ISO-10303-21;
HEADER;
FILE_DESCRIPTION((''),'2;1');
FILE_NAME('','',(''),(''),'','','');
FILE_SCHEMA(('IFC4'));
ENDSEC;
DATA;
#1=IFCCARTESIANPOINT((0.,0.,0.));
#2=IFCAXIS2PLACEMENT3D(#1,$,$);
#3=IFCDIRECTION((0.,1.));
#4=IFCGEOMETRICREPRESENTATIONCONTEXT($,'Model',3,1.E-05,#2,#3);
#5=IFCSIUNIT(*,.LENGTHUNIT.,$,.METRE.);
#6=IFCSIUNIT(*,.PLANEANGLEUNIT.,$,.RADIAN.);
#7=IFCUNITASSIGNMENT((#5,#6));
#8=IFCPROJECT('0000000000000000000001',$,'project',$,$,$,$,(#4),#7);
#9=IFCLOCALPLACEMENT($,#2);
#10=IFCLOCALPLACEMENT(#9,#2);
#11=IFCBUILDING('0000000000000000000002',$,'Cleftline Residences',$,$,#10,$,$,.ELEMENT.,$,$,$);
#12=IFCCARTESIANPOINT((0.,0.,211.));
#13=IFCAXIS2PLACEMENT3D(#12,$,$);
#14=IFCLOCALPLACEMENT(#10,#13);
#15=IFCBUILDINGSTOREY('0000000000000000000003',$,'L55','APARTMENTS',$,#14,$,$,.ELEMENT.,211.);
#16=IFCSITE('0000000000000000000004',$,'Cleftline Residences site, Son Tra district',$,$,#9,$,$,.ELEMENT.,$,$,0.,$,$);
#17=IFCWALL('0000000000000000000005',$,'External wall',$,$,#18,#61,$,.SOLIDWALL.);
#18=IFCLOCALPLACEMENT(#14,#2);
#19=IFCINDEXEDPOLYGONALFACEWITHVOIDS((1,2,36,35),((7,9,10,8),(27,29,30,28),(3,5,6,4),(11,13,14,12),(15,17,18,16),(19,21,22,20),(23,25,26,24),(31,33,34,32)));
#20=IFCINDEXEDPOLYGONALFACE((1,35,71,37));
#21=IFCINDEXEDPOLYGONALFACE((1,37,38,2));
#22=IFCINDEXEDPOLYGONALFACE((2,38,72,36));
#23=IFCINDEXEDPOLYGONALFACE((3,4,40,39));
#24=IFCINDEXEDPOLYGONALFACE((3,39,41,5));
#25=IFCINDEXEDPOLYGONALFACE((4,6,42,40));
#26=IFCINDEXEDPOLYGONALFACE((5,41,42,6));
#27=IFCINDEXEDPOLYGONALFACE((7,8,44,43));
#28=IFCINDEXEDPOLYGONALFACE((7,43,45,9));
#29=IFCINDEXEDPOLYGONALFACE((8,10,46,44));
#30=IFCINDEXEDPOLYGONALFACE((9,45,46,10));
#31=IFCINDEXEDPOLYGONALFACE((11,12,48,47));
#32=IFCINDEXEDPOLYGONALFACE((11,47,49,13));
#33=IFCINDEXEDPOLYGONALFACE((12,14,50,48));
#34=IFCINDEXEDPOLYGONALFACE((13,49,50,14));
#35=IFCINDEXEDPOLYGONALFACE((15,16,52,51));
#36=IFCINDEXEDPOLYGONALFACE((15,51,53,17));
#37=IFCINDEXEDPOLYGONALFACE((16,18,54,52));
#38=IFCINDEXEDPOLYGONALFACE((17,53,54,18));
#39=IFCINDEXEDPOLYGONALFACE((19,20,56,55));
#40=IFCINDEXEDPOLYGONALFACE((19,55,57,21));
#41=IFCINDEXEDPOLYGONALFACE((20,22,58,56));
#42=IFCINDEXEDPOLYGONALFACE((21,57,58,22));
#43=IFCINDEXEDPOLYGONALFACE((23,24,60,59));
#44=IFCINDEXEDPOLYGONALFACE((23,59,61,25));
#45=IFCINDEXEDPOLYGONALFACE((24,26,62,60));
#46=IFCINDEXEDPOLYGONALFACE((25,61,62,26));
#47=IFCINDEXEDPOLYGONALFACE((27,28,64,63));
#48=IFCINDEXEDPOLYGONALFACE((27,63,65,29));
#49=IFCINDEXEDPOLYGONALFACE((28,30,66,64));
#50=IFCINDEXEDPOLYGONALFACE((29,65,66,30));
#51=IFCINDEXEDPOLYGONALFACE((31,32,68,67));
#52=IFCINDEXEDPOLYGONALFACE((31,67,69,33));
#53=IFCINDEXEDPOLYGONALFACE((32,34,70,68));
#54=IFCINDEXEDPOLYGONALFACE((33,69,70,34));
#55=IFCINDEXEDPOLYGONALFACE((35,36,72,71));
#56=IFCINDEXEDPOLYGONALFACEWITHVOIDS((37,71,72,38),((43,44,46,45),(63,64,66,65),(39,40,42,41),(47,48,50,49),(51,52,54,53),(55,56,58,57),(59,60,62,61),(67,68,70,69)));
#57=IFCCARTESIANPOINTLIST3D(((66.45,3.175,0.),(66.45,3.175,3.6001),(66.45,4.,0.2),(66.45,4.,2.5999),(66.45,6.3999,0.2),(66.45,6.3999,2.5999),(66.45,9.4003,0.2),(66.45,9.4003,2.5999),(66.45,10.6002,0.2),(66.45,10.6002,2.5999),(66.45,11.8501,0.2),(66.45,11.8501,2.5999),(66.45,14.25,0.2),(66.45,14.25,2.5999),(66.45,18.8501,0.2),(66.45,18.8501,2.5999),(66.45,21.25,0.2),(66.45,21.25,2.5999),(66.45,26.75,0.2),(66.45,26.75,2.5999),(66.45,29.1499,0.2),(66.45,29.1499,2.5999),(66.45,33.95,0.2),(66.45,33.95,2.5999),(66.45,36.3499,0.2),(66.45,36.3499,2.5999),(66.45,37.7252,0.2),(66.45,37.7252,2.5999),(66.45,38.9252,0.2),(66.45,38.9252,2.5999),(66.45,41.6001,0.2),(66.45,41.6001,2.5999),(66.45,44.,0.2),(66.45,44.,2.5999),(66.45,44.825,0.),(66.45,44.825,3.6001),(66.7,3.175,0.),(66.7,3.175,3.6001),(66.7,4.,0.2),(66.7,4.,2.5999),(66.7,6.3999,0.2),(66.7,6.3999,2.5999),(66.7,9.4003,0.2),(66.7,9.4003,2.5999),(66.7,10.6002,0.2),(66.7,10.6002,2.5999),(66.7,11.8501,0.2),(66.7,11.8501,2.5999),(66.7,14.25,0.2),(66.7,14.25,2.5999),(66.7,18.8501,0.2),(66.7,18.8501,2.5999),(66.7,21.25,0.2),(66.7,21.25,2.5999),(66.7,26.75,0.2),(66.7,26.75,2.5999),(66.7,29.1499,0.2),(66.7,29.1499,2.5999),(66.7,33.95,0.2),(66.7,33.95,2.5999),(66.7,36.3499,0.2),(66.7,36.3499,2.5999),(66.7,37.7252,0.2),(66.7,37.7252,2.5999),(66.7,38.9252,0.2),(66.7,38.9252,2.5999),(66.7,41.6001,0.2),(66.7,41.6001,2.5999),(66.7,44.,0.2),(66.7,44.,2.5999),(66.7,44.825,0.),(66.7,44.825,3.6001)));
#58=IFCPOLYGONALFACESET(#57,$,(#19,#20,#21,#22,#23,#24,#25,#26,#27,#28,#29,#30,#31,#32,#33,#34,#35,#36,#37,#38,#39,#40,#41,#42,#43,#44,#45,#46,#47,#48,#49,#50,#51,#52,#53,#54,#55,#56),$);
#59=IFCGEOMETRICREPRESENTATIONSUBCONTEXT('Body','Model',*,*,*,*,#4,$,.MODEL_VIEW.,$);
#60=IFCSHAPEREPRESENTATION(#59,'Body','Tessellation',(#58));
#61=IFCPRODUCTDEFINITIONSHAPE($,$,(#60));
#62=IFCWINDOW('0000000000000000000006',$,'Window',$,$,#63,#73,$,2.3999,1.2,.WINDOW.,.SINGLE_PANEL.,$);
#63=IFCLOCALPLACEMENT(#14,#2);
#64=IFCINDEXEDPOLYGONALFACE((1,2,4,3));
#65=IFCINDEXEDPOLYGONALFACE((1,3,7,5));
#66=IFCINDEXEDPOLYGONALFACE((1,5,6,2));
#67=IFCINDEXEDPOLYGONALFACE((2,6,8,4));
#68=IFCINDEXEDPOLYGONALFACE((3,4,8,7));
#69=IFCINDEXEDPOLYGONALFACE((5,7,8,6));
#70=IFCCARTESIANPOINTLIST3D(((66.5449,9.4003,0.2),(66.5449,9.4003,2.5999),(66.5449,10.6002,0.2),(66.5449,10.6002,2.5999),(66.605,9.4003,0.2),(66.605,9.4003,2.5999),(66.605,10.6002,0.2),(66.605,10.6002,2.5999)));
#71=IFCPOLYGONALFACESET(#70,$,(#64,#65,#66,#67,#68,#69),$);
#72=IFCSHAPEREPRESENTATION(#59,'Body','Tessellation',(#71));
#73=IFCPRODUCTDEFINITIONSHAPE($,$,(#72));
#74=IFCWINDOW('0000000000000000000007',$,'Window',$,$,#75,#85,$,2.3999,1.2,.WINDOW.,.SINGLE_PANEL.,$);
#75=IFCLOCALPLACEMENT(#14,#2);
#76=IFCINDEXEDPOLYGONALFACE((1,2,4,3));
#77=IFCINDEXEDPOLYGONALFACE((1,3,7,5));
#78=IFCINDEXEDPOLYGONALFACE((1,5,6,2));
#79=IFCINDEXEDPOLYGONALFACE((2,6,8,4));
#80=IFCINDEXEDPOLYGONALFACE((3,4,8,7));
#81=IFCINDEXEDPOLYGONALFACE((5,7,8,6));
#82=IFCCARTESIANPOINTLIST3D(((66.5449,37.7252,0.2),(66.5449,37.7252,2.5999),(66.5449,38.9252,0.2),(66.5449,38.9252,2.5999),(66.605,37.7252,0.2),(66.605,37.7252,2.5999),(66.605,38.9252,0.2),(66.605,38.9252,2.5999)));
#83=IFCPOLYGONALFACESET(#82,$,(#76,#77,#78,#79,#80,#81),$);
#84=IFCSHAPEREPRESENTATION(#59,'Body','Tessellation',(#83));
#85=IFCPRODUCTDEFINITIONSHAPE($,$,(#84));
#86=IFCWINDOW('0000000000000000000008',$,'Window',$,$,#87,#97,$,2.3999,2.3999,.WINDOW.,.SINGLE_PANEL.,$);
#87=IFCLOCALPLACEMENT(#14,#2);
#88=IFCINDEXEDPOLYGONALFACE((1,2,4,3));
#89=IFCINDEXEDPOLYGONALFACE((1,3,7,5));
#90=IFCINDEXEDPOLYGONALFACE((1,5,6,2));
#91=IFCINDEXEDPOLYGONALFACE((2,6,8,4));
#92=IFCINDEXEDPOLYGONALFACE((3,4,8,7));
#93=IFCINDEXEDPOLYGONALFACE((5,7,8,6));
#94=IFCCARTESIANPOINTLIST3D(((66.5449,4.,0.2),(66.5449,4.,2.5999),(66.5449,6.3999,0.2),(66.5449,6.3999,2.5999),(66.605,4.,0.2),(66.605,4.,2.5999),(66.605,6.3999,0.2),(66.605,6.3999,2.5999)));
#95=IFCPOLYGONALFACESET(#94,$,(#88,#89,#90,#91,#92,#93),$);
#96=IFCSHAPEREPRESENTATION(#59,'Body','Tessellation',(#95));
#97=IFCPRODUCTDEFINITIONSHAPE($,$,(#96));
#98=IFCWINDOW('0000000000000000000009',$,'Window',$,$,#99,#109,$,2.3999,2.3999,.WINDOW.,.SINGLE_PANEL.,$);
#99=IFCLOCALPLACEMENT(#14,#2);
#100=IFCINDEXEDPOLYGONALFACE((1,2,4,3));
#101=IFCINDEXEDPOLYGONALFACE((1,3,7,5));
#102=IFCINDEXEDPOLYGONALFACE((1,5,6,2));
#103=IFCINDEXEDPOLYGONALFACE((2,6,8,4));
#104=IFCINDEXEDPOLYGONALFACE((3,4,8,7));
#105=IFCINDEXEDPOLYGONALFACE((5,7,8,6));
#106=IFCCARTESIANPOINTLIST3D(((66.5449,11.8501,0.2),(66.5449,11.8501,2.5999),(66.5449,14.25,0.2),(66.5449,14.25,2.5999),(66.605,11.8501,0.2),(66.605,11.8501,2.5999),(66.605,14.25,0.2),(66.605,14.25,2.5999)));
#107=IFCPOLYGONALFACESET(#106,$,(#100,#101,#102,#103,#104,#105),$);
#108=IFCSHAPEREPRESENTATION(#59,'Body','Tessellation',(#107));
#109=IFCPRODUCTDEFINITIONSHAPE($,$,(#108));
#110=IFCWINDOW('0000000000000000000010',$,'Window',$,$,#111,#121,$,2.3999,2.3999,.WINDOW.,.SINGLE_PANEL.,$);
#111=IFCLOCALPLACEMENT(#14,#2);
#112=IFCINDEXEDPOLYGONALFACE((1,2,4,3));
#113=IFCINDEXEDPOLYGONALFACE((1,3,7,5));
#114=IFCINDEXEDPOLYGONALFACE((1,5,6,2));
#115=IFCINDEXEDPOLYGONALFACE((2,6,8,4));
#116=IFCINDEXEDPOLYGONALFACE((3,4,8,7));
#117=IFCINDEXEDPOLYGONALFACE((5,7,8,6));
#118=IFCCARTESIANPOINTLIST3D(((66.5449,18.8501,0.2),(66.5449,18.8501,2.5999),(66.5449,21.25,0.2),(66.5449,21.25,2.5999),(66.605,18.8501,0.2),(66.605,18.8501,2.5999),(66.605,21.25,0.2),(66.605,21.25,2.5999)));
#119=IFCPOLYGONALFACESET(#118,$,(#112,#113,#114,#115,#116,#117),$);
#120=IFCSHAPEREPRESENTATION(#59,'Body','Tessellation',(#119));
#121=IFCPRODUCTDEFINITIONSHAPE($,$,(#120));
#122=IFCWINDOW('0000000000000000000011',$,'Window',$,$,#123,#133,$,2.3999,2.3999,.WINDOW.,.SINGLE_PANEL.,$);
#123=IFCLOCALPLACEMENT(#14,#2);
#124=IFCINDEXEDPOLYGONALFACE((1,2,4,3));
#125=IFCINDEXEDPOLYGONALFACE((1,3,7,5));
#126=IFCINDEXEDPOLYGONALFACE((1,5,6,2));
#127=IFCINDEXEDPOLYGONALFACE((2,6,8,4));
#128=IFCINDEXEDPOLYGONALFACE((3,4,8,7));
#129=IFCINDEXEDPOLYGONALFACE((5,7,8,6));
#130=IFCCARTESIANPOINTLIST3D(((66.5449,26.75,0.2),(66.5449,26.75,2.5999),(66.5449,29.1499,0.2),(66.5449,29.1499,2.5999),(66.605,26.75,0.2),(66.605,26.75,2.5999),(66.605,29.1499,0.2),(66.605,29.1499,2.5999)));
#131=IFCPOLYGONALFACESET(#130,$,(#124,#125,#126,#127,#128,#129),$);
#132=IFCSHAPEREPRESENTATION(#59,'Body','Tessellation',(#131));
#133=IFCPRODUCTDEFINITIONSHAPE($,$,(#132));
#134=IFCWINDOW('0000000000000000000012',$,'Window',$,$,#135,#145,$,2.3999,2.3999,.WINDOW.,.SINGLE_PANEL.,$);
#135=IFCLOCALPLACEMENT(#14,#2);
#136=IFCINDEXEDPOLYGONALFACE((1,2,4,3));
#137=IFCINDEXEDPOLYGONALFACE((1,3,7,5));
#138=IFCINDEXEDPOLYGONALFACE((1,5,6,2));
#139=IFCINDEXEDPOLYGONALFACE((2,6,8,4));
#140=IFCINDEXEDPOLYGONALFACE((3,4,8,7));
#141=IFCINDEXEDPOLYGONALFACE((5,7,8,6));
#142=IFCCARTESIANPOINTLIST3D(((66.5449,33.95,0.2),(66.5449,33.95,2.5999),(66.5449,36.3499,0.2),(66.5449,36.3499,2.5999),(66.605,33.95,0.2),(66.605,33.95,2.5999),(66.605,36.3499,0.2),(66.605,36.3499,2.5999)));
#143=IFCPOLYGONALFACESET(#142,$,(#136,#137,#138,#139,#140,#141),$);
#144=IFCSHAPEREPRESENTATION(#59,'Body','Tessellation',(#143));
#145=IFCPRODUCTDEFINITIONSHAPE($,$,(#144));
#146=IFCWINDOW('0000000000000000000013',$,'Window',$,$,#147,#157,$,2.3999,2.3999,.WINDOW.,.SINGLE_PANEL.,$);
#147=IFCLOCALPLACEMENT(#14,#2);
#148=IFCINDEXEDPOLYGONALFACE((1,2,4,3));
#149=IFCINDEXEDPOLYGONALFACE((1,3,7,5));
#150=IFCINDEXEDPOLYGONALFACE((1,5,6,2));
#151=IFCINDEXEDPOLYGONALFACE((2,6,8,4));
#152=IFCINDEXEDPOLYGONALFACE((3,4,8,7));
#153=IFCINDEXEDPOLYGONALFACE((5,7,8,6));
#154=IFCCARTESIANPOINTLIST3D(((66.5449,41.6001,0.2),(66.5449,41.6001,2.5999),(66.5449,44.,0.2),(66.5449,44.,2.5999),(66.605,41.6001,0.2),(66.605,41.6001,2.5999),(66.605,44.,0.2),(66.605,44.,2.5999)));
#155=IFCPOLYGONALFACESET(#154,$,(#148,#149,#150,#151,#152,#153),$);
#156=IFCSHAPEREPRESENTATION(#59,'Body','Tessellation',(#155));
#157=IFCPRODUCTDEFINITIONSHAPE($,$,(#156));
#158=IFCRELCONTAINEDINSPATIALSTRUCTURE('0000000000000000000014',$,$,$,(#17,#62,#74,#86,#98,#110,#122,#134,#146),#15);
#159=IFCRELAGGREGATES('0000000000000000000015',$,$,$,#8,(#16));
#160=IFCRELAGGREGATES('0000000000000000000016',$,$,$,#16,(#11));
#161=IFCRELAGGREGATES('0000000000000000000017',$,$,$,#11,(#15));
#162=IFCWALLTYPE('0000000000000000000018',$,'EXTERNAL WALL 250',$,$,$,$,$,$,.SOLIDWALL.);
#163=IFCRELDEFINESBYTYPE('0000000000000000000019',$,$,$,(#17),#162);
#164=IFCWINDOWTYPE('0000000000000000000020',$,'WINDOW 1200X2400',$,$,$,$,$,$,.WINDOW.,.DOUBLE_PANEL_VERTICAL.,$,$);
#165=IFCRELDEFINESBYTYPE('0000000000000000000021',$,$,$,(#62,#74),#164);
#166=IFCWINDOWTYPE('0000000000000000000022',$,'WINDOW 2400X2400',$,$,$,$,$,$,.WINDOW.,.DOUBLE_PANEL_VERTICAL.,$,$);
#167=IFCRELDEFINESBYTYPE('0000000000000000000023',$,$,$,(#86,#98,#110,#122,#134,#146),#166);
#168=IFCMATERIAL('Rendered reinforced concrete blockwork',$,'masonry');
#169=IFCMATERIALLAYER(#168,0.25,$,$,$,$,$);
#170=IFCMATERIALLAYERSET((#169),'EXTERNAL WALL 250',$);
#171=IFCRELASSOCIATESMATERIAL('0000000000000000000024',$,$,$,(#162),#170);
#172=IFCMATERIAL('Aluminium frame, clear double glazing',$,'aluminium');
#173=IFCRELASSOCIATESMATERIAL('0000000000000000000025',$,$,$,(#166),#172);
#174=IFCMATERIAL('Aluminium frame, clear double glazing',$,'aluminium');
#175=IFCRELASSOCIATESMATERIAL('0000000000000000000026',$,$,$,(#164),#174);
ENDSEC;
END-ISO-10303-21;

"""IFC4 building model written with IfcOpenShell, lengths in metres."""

from ifc_helpers import new_model, si_unit, direction, frame, frame_2d, origin, place, context, subcontext, project, spatial, rectangle, extrude, material, layer, layer_set, type_object, element, fill, save


model = new_model("IFC4")

# Units and contexts
model_context = context("Model", 3, precision=1e-05, world=origin(), true_north=direction((0.0, 1.0)))
body_context = subcontext(model_context, "Body", "Model", "MODEL_VIEW")
ifc_project = project(units=[si_unit("LENGTHUNIT", "METRE"), si_unit("PLANEANGLEUNIT", "RADIAN")], contexts=[model_context])

# Site, building, storey
site_placement = place(None, origin())
site = spatial("IfcSite", under=ifc_project, at=site_placement, Name="Cleftline Residences site, Son Tra district", CompositionType="ELEMENT", RefElevation=0.0)
building_placement = place(site_placement, origin())
building = spatial("IfcBuilding", under=site, at=building_placement, Name="Cleftline Residences", CompositionType="ELEMENT")
storey_placement = place(building_placement, frame((0.0, 0.0, 211.0)))
storey = spatial("IfcBuildingStorey", under=building, at=storey_placement, Name="L55", Description="APARTMENTS", CompositionType="ELEMENT", Elevation=211.0)

# Shared definitions
ifc_material_1 = material(Name="Rendered reinforced concrete blockwork", Category="masonry")
ifc_layer_1 = layer(ifc_material_1, 0.25)
ifc_layer_set_1 = layer_set([ifc_layer_1], Name="EXTERNAL WALL 250")
wall_type_1 = type_object("IfcWallType", Name="EXTERNAL WALL 250", PredefinedType="SOLIDWALL", material=ifc_layer_set_1)
ifc_material_2 = material(Name="Aluminium frame, clear double glazing", Category="aluminium")
window_type_1 = type_object("IfcWindowType", Name="WINDOW 2400X2400", PartitioningType="DOUBLE_PANEL_VERTICAL", PredefinedType="WINDOW", material=ifc_material_2)

# Wall, openings, windows
wall_1_placement = place(storey_placement, frame((66.575, 3.175, 0.0), z_axis=(0.0, 0.0, 1.0), x_axis=(0.0, 1.0, 0.0)))
wall_1 = element("IfcWall", 1, at=wall_1_placement, inside=storey, type_object=wall_type_1, Name="External wall", PredefinedType="SOLIDWALL", context=body_context, shape_type="SweptSolid", body=[
    extrude(rectangle(XDim=41.6499, YDim=0.25, at=frame_2d((20.825, 0.0))), origin(), (0.0, 0.0, 1.0), 3.6001),
])
opening_1_placement = place(wall_1_placement, frame((0.825, 0.0, 0.2)))
opening_1 = element("IfcOpeningElement", 2, at=opening_1_placement, cuts=wall_1, PredefinedType="OPENING", context=body_context, shape_type="SweptSolid", body=[
    extrude(rectangle(XDim=2.3999, YDim=2.3999, at=frame_2d((1.2, 1.2))), frame((0.0, 0.135, 0.0), z_axis=(0.0, -1.0, 0.0), x_axis=(1.0, 0.0, 0.0)), (0.0, 0.0, 1.0), 0.27),
])
opening_2_placement = place(wall_1_placement, frame((6.2251, 0.0, 0.2)))
opening_2 = element("IfcOpeningElement", 3, at=opening_2_placement, cuts=wall_1, PredefinedType="OPENING", context=body_context, shape_type="SweptSolid", body=[
    extrude(rectangle(XDim=1.2, YDim=2.3999, at=frame_2d((0.6001, 1.2))), frame((0.0, 0.135, 0.0), z_axis=(0.0, -1.0, 0.0), x_axis=(1.0, 0.0, 0.0)), (0.0, 0.0, 1.0), 0.27),
])
opening_3_placement = place(wall_1_placement, frame((8.675, 0.0, 0.2)))
opening_3 = element("IfcOpeningElement", 4, at=opening_3_placement, cuts=wall_1, PredefinedType="OPENING", context=body_context, shape_type="SweptSolid", body=[
    extrude(rectangle(XDim=2.3999, YDim=2.3999, at=frame_2d((1.2, 1.2))), frame((0.0, 0.135, 0.0), z_axis=(0.0, -1.0, 0.0), x_axis=(1.0, 0.0, 0.0)), (0.0, 0.0, 1.0), 0.27),
])
opening_4_placement = place(wall_1_placement, frame((15.675, 0.0, 0.2)))
opening_4 = element("IfcOpeningElement", 5, at=opening_4_placement, cuts=wall_1, PredefinedType="OPENING", context=body_context, shape_type="SweptSolid", body=[
    extrude(rectangle(XDim=2.3999, YDim=2.3999, at=frame_2d((1.2, 1.2))), frame((0.0, 0.135, 0.0), z_axis=(0.0, -1.0, 0.0), x_axis=(1.0, 0.0, 0.0)), (0.0, 0.0, 1.0), 0.27),
])
opening_5_placement = place(wall_1_placement, frame((23.575, 0.0, 0.2)))
opening_5 = element("IfcOpeningElement", 6, at=opening_5_placement, cuts=wall_1, PredefinedType="OPENING", context=body_context, shape_type="SweptSolid", body=[
    extrude(rectangle(XDim=2.3999, YDim=2.3999, at=frame_2d((1.2, 1.2))), frame((0.0, 0.135, 0.0), z_axis=(0.0, -1.0, 0.0), x_axis=(1.0, 0.0, 0.0)), (0.0, 0.0, 1.0), 0.27),
])
opening_6_placement = place(wall_1_placement, frame((30.7749, 0.0, 0.2)))
opening_6 = element("IfcOpeningElement", 7, at=opening_6_placement, cuts=wall_1, PredefinedType="OPENING", context=body_context, shape_type="SweptSolid", body=[
    extrude(rectangle(XDim=2.3999, YDim=2.3999, at=frame_2d((1.2, 1.2))), frame((0.0, 0.135, 0.0), z_axis=(0.0, -1.0, 0.0), x_axis=(1.0, 0.0, 0.0)), (0.0, 0.0, 1.0), 0.27),
])
opening_7_placement = place(wall_1_placement, frame((34.55, 0.0, 0.2)))
opening_7 = element("IfcOpeningElement", 8, at=opening_7_placement, cuts=wall_1, PredefinedType="OPENING", context=body_context, shape_type="SweptSolid", body=[
    extrude(rectangle(XDim=1.2, YDim=2.3999, at=frame_2d((0.6001, 1.2))), frame((0.0, 0.135, 0.0), z_axis=(0.0, -1.0, 0.0), x_axis=(1.0, 0.0, 0.0)), (0.0, 0.0, 1.0), 0.27),
])
opening_8_placement = place(wall_1_placement, frame((38.425, 0.0, 0.2)))
opening_8 = element("IfcOpeningElement", 9, at=opening_8_placement, cuts=wall_1, PredefinedType="OPENING", context=body_context, shape_type="SweptSolid", body=[
    extrude(rectangle(XDim=2.3999, YDim=2.3999, at=frame_2d((1.2, 1.2))), frame((0.0, 0.135, 0.0), z_axis=(0.0, -1.0, 0.0), x_axis=(1.0, 0.0, 0.0)), (0.0, 0.0, 1.0), 0.27),
])
ifc_material_3 = material(Name="Aluminium frame, clear double glazing", Category="aluminium")
window_type_2 = type_object("IfcWindowType", Name="WINDOW 1200X2400", PartitioningType="DOUBLE_PANEL_VERTICAL", PredefinedType="WINDOW", material=ifc_material_3)
window_1_placement = place(opening_2_placement, origin())
window_1 = element("IfcWindow", 10, at=window_1_placement, inside=storey, type_object=window_type_2, Name="Window", OverallHeight=2.3999, OverallWidth=1.2, PartitioningType="SINGLE_PANEL", PredefinedType="WINDOW", context=body_context, shape_type="SweptSolid", body=[
    extrude(rectangle(XDim=1.2, YDim=2.3999, at=frame_2d((0.6001, 1.2))), frame((0.0, 0.03, 0.0), z_axis=(0.0, -1.0, 0.0), x_axis=(1.0, 0.0, 0.0)), (0.0, 0.0, 1.0), 0.0601),
])
fill(opening_2, window_1)
window_2_placement = place(opening_7_placement, origin())
window_2 = element("IfcWindow", 11, at=window_2_placement, inside=storey, type_object=window_type_2, Name="Window", OverallHeight=2.3999, OverallWidth=1.2, PartitioningType="SINGLE_PANEL", PredefinedType="WINDOW", context=body_context, shape_type="SweptSolid", body=[
    extrude(rectangle(XDim=1.2, YDim=2.3999, at=frame_2d((0.6001, 1.2))), frame((0.0, 0.03, 0.0), z_axis=(0.0, -1.0, 0.0), x_axis=(1.0, 0.0, 0.0)), (0.0, 0.0, 1.0), 0.0601),
])
fill(opening_7, window_2)
window_3_placement = place(opening_1_placement, origin())
window_3 = element("IfcWindow", 12, at=window_3_placement, inside=storey, type_object=window_type_1, Name="Window", OverallHeight=2.3999, OverallWidth=2.3999, PartitioningType="SINGLE_PANEL", PredefinedType="WINDOW", context=body_context, shape_type="SweptSolid", body=[
    extrude(rectangle(XDim=2.3999, YDim=2.3999, at=frame_2d((1.2, 1.2))), frame((0.0, 0.03, 0.0), z_axis=(0.0, -1.0, 0.0), x_axis=(1.0, 0.0, 0.0)), (0.0, 0.0, 1.0), 0.0601),
])
fill(opening_1, window_3)
window_4_placement = place(opening_3_placement, origin())
window_4 = element("IfcWindow", 13, at=window_4_placement, inside=storey, type_object=window_type_1, Name="Window", OverallHeight=2.3999, OverallWidth=2.3999, PartitioningType="SINGLE_PANEL", PredefinedType="WINDOW", context=body_context, shape_type="SweptSolid", body=[
    extrude(rectangle(XDim=2.3999, YDim=2.3999, at=frame_2d((1.2, 1.2))), frame((0.0, 0.03, 0.0), z_axis=(0.0, -1.0, 0.0), x_axis=(1.0, 0.0, 0.0)), (0.0, 0.0, 1.0), 0.0601),
])
fill(opening_3, window_4)
window_5_placement = place(opening_4_placement, origin())
window_5 = element("IfcWindow", 14, at=window_5_placement, inside=storey, type_object=window_type_1, Name="Window", OverallHeight=2.3999, OverallWidth=2.3999, PartitioningType="SINGLE_PANEL", PredefinedType="WINDOW", context=body_context, shape_type="SweptSolid", body=[
    extrude(rectangle(XDim=2.3999, YDim=2.3999, at=frame_2d((1.2, 1.2))), frame((0.0, 0.03, 0.0), z_axis=(0.0, -1.0, 0.0), x_axis=(1.0, 0.0, 0.0)), (0.0, 0.0, 1.0), 0.0601),
])
fill(opening_4, window_5)
window_6_placement = place(opening_5_placement, origin())
window_6 = element("IfcWindow", 15, at=window_6_placement, inside=storey, type_object=window_type_1, Name="Window", OverallHeight=2.3999, OverallWidth=2.3999, PartitioningType="SINGLE_PANEL", PredefinedType="WINDOW", context=body_context, shape_type="SweptSolid", body=[
    extrude(rectangle(XDim=2.3999, YDim=2.3999, at=frame_2d((1.2, 1.2))), frame((0.0, 0.03, 0.0), z_axis=(0.0, -1.0, 0.0), x_axis=(1.0, 0.0, 0.0)), (0.0, 0.0, 1.0), 0.0601),
])
fill(opening_5, window_6)
window_7_placement = place(opening_6_placement, origin())
window_7 = element("IfcWindow", 16, at=window_7_placement, inside=storey, type_object=window_type_1, Name="Window", OverallHeight=2.3999, OverallWidth=2.3999, PartitioningType="SINGLE_PANEL", PredefinedType="WINDOW", context=body_context, shape_type="SweptSolid", body=[
    extrude(rectangle(XDim=2.3999, YDim=2.3999, at=frame_2d((1.2, 1.2))), frame((0.0, 0.03, 0.0), z_axis=(0.0, -1.0, 0.0), x_axis=(1.0, 0.0, 0.0)), (0.0, 0.0, 1.0), 0.0601),
])
fill(opening_6, window_7)
window_8_placement = place(opening_8_placement, origin())
window_8 = element("IfcWindow", 17, at=window_8_placement, inside=storey, type_object=window_type_1, Name="Window", OverallHeight=2.3999, OverallWidth=2.3999, PartitioningType="SINGLE_PANEL", PredefinedType="WINDOW", context=body_context, shape_type="SweptSolid", body=[
    extrude(rectangle(XDim=2.3999, YDim=2.3999, at=frame_2d((1.2, 1.2))), frame((0.0, 0.03, 0.0), z_axis=(0.0, -1.0, 0.0), x_axis=(1.0, 0.0, 0.0)), (0.0, 0.0, 1.0), 0.0601),
])
fill(opening_8, window_8)

save(model, "model.ifc")
